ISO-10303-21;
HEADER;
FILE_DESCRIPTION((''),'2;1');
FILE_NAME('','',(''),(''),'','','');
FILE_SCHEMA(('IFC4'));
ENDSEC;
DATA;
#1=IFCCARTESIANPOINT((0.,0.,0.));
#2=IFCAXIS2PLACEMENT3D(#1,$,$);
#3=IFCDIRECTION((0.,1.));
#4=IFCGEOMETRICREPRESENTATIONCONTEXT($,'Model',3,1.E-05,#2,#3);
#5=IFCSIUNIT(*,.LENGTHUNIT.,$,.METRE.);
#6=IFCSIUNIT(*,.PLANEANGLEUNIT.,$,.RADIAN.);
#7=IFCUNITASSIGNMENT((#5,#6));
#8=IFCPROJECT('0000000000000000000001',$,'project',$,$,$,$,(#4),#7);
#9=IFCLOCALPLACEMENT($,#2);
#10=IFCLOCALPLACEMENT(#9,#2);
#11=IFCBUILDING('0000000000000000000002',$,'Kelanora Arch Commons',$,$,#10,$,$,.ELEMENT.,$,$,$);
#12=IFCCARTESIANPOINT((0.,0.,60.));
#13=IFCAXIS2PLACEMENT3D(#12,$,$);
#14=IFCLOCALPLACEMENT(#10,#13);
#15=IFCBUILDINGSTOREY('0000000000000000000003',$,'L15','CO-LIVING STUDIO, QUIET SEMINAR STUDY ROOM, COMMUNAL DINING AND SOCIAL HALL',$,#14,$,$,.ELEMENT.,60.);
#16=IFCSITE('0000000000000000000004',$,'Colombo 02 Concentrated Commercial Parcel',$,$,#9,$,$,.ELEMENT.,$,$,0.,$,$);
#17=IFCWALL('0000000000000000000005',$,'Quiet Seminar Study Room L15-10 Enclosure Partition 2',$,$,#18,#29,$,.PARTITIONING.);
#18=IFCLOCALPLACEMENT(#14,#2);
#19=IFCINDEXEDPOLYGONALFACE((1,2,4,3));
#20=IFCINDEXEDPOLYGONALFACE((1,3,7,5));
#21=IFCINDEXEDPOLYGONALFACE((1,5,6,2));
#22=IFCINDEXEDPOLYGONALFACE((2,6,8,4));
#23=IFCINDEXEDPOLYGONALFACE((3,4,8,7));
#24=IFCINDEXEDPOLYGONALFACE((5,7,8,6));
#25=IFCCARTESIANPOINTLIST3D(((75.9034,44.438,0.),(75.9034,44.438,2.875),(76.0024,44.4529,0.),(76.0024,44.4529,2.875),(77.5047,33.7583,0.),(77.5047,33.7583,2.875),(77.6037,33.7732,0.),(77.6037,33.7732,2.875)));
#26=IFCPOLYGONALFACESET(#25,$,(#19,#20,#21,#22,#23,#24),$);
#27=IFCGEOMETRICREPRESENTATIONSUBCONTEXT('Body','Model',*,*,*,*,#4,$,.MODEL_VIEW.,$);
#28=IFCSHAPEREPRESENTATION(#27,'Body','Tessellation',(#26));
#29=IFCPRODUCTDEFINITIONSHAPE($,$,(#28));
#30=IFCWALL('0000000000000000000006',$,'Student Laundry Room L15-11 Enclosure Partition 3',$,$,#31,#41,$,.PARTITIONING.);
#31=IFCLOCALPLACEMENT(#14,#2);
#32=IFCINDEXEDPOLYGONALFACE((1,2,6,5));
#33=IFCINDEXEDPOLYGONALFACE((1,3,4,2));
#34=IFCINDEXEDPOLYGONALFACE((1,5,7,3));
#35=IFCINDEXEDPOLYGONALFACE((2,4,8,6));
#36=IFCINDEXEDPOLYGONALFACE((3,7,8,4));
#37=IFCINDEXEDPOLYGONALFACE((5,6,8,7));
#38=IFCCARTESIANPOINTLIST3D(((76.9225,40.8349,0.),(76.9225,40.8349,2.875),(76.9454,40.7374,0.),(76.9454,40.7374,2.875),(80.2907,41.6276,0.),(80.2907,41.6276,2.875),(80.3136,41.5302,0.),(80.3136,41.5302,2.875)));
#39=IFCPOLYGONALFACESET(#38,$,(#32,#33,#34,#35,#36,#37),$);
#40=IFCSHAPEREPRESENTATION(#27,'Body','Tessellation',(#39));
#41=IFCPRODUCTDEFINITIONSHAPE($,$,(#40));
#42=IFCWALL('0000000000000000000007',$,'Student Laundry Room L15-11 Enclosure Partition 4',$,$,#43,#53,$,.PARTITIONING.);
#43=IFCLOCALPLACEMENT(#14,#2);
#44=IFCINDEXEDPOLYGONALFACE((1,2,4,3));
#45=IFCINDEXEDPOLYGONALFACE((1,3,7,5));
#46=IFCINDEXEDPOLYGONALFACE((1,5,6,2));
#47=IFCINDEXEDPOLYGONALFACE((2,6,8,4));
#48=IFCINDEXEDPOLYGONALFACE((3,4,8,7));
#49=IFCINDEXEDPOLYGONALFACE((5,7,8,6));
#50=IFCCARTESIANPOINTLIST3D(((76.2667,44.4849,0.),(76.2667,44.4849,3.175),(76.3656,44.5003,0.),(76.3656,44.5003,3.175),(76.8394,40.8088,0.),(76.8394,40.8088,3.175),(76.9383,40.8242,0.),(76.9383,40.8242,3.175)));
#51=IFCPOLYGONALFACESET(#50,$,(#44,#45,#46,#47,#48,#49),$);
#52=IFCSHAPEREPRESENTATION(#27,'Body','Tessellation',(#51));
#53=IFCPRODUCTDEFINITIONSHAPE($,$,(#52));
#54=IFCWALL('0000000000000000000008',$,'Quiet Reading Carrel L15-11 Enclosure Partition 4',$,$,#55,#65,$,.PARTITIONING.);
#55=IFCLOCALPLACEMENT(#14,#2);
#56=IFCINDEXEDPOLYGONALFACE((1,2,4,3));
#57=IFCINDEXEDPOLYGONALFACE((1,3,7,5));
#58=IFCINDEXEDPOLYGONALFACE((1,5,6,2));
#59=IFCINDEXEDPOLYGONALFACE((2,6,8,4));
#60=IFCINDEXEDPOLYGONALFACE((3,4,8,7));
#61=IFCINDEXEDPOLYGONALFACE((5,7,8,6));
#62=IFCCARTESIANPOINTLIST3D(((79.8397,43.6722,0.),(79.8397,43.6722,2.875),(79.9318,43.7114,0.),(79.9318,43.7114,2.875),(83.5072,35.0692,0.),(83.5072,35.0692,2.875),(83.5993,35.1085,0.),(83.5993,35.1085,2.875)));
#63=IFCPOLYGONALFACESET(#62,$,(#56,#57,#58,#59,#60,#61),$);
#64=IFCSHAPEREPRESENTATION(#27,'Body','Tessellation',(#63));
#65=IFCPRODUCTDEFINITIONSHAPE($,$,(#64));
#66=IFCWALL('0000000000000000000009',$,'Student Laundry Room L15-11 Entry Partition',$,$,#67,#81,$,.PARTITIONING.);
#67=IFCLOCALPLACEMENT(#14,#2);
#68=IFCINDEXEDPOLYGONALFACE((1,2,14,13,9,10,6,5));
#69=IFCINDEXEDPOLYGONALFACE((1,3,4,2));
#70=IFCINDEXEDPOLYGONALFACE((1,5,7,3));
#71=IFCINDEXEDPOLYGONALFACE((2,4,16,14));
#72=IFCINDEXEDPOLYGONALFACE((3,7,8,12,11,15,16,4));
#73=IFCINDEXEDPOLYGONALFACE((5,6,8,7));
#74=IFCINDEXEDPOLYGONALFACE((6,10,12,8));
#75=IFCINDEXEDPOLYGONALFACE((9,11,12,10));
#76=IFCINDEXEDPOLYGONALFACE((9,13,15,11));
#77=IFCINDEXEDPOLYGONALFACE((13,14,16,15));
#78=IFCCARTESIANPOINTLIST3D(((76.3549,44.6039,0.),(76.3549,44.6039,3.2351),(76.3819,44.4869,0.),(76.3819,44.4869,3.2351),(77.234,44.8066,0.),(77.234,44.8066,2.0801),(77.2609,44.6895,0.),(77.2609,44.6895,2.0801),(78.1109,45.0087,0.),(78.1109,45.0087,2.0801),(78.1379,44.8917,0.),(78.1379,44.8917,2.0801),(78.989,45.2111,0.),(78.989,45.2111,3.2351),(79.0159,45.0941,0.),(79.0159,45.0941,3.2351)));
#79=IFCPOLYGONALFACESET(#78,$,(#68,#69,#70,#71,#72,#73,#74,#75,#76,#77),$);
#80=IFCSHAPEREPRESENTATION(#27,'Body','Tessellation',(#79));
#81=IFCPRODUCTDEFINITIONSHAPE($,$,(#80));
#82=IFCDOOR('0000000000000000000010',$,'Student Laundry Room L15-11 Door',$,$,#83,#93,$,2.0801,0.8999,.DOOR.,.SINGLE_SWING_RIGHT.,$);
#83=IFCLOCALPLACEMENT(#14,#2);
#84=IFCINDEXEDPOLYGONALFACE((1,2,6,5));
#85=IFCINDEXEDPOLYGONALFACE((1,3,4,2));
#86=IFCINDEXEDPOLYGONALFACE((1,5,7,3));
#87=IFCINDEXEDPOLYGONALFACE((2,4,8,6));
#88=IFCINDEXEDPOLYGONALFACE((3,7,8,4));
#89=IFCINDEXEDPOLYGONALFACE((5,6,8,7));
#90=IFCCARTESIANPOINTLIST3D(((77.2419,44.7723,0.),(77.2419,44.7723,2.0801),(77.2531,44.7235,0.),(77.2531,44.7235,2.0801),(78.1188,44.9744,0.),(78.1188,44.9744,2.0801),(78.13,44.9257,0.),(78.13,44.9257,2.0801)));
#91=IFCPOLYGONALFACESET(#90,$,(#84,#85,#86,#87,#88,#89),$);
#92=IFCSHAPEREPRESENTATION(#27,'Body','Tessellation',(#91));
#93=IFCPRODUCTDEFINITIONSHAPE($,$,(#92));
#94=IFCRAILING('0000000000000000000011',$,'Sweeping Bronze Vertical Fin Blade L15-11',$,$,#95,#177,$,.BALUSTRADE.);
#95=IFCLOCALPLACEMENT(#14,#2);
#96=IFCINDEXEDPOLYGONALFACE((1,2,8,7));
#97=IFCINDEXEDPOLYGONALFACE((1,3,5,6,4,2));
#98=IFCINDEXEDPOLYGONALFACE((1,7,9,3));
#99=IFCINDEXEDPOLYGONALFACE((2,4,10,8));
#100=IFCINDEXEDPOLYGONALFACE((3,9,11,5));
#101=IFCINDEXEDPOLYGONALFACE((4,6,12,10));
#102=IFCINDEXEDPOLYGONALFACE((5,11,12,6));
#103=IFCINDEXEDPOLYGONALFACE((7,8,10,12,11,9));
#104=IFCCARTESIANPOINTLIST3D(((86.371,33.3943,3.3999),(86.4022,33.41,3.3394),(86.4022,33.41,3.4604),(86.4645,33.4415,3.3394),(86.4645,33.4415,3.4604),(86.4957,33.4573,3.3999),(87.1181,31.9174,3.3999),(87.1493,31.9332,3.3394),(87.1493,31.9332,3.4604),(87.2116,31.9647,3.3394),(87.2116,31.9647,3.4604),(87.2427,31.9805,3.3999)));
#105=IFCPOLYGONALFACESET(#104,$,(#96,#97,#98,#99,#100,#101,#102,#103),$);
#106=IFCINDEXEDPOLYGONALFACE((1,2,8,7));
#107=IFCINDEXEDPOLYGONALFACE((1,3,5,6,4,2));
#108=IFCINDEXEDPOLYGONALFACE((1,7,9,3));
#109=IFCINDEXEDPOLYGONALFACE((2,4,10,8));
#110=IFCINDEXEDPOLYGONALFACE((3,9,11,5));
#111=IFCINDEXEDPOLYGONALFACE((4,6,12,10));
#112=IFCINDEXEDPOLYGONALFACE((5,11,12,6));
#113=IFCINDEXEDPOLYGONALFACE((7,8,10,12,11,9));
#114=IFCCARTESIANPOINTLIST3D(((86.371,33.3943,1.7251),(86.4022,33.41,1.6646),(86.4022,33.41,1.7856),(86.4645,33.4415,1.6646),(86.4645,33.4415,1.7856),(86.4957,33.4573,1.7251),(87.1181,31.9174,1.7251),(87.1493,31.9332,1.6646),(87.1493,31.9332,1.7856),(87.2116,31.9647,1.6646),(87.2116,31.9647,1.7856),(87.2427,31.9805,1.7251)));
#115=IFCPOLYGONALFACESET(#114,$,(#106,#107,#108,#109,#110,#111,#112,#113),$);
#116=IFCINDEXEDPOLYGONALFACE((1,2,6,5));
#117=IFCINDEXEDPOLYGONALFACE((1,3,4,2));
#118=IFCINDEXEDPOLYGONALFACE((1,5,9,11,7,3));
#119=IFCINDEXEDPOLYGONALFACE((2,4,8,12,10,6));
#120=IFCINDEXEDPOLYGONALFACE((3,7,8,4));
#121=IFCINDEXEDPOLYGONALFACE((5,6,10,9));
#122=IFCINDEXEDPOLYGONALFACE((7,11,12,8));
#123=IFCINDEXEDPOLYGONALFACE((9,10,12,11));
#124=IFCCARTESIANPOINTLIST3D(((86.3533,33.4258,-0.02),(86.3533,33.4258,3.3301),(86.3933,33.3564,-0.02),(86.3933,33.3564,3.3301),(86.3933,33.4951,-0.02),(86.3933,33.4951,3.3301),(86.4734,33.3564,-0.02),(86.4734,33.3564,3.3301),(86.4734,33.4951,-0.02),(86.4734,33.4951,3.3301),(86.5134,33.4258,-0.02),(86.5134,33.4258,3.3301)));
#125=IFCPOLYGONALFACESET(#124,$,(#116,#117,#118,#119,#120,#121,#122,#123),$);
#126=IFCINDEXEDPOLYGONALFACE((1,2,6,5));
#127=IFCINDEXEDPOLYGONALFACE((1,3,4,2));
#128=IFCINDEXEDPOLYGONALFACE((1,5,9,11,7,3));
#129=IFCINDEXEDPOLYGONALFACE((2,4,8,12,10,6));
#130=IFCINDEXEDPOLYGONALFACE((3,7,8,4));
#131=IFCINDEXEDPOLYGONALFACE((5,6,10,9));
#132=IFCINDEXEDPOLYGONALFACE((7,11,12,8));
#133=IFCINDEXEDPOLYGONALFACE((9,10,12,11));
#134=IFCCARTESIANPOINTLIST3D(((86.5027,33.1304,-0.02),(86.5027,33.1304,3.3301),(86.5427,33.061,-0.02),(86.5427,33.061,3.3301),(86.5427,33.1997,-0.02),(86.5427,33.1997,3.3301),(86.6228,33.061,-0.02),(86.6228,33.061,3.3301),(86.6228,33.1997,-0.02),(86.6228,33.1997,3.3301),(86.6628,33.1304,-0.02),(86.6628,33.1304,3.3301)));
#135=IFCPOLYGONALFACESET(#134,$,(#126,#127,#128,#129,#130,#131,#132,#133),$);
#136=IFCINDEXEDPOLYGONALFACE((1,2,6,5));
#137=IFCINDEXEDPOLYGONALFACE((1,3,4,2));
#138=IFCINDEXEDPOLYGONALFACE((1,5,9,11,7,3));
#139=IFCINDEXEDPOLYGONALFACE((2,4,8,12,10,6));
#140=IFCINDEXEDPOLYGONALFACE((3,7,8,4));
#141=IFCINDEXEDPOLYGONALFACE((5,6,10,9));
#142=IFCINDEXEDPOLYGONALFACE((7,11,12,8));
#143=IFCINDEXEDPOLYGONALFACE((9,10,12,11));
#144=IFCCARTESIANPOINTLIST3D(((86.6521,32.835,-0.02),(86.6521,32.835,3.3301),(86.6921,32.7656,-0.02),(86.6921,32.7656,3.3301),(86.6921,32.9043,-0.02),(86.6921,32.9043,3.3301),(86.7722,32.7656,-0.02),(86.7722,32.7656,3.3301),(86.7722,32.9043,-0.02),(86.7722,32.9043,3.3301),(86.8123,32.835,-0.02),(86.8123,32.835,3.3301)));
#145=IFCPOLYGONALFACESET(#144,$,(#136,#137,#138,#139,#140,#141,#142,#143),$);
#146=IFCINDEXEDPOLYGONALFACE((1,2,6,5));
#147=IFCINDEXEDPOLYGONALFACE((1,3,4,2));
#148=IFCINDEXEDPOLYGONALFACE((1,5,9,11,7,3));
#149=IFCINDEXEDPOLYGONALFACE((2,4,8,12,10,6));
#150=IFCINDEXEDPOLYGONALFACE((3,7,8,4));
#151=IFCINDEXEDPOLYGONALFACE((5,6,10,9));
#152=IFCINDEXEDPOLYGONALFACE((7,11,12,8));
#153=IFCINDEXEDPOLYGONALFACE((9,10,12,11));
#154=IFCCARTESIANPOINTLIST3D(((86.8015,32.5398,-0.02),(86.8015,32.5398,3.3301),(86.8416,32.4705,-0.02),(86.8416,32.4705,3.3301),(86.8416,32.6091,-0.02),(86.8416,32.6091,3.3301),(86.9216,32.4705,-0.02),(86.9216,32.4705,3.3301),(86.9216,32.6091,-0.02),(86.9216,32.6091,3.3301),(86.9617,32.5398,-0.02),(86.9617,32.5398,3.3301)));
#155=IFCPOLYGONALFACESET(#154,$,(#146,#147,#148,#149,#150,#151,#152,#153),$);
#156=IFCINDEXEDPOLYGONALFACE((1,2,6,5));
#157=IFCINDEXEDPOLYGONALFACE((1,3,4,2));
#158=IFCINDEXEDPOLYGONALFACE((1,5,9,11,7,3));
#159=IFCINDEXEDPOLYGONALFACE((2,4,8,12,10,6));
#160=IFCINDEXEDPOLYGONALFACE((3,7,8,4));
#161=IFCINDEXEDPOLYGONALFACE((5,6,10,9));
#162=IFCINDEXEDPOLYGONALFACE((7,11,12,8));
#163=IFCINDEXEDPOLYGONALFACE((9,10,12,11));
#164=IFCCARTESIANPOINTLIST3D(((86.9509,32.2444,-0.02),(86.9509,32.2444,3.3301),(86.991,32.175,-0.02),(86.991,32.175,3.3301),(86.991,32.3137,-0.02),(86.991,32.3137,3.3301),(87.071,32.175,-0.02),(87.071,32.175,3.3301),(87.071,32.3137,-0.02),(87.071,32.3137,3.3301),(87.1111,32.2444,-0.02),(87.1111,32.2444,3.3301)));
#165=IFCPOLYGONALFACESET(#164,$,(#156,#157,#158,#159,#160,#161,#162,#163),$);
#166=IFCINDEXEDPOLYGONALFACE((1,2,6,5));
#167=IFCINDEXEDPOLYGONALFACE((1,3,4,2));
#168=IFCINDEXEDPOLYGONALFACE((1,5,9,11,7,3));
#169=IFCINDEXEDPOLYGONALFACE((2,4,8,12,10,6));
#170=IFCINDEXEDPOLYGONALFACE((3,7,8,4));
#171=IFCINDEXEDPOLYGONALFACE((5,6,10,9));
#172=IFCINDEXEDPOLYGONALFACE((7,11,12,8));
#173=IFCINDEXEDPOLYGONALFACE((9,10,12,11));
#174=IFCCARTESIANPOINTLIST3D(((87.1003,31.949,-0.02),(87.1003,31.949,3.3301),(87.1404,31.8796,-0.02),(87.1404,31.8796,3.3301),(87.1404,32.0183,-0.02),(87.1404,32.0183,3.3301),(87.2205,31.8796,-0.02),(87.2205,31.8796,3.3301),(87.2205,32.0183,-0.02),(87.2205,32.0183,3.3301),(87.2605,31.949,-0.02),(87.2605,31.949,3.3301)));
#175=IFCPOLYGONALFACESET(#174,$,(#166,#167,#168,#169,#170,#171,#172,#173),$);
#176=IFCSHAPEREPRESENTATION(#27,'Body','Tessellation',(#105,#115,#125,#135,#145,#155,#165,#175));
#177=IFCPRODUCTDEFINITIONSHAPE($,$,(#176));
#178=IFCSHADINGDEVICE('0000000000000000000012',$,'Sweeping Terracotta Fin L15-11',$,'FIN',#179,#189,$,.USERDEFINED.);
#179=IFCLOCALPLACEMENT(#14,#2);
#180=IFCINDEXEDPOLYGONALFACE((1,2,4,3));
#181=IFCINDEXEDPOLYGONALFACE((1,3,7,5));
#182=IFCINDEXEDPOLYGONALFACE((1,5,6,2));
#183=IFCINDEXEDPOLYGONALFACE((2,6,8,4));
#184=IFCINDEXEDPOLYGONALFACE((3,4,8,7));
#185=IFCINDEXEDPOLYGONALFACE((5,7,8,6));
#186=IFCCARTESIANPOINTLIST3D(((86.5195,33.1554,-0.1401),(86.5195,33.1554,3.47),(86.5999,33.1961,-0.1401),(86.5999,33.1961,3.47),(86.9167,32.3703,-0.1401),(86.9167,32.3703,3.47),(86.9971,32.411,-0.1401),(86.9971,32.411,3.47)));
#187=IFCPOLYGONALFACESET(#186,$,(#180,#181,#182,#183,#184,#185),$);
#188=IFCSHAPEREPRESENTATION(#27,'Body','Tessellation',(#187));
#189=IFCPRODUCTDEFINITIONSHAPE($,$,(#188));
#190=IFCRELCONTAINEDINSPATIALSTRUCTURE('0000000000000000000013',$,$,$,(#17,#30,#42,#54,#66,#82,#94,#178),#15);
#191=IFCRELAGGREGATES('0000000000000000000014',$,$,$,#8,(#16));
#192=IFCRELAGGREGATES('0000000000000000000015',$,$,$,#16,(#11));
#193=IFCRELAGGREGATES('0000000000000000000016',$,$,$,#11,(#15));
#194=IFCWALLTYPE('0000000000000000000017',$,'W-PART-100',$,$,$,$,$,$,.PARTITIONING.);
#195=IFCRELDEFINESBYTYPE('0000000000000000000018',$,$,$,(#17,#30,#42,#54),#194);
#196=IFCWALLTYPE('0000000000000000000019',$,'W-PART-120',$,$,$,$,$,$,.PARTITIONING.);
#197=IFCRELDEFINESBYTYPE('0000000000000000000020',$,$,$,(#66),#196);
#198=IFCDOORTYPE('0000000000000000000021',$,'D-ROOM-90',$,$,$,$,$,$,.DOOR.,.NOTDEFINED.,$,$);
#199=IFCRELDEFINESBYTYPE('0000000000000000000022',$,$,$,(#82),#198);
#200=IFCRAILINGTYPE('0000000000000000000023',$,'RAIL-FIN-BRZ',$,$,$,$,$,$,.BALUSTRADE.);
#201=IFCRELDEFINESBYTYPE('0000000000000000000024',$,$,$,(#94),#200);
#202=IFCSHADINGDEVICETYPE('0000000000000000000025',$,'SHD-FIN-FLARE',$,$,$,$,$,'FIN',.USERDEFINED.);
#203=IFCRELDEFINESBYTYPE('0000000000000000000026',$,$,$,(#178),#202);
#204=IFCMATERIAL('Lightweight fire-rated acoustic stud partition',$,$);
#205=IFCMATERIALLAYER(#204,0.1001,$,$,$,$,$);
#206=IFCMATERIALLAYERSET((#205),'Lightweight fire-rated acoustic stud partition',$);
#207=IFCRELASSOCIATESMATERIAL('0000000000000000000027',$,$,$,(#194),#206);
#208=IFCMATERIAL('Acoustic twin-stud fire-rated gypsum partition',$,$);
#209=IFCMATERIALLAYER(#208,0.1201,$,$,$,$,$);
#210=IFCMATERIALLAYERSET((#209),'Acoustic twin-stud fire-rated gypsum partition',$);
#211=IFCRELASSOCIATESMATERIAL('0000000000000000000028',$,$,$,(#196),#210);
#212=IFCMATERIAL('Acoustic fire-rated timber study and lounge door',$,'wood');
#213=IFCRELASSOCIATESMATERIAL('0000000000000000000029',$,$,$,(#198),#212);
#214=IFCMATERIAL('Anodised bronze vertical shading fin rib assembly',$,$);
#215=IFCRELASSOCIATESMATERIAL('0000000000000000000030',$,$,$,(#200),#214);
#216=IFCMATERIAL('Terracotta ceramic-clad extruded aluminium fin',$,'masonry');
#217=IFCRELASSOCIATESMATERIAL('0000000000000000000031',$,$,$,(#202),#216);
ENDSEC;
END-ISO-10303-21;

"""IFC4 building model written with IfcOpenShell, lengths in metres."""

from ifc_helpers import new_model, si_unit, direction, frame, frame_2d, origin, origin_2d, place, context, subcontext, project, spatial, polyline, rectangle, outline, extrude, source, transform, mapped, material, layer, layer_set, type_object, element, fill, save


model = new_model("IFC4")

# Units and contexts
model_context = context("Model", 3, precision=1e-05, world=origin(), true_north=direction((0.0, 1.0)))
body_context = subcontext(model_context, "Body", "Model", "MODEL_VIEW")
ifc_project = project(units=[si_unit("LENGTHUNIT", "METRE"), si_unit("PLANEANGLEUNIT", "RADIAN")], contexts=[model_context])

# Site, building, storey
site_placement = place(None, origin())
site = spatial("IfcSite", under=ifc_project, at=site_placement, Name="Colombo 02 Concentrated Commercial Parcel", CompositionType="ELEMENT", RefElevation=0.0)
building_placement = place(site_placement, origin())
building = spatial("IfcBuilding", under=site, at=building_placement, Name="Kelanora Arch Commons", CompositionType="ELEMENT")
storey_placement = place(building_placement, frame((0.0, 0.0, 60.0)))
storey = spatial("IfcBuildingStorey", under=building, at=storey_placement, Name="L15", Description="CO-LIVING STUDIO, QUIET SEMINAR STUDY ROOM, COMMUNAL DINING AND SOCIAL HALL", CompositionType="ELEMENT", Elevation=60.0)

# Walls
ifc_material_1 = material(Name="Lightweight fire-rated acoustic stud partition")
ifc_layer_1 = layer(ifc_material_1, 0.1001)
ifc_layer_set_1 = layer_set([ifc_layer_1], Name="Lightweight fire-rated acoustic stud partition")
wall_type_1 = type_object("IfcWallType", Name="W-PART-100", PredefinedType="PARTITIONING", material=ifc_layer_set_1)
wall_1_placement = place(storey_placement, frame((75.9529, 44.4453, 0.0), z_axis=(0.0, 0.0, 1.0), x_axis=(0.148283, -0.988945, 0.0)))
element("IfcWall", 1, at=wall_1_placement, inside=storey, type_object=wall_type_1, Name="Quiet Seminar Study Room L15-10 Enclosure Partition 2", PredefinedType="PARTITIONING", context=body_context, shape_type="SweptSolid", body=[
    extrude(rectangle(XDim=10.7991, YDim=0.1001, at=frame_2d((5.3994, 0.0))), origin(), (0.0, 0.0, 1.0), 2.875),
])
wall_2_placement = place(storey_placement, frame((80.302, 41.5789, 0.0), z_axis=(0.0, 0.0, 1.0), x_axis=(-0.973403, -0.229098, 0.0)))
element("IfcWall", 2, at=wall_2_placement, inside=storey, type_object=wall_type_1, Name="Student Laundry Room L15-11 Enclosure Partition 3", PredefinedType="PARTITIONING", context=body_context, shape_type="SweptSolid", body=[
    extrude(rectangle(XDim=3.4602, YDim=0.1001, at=frame_2d((1.73, 0.0))), origin(), (0.0, 0.0, 1.0), 2.875),
])
wall_3_placement = place(storey_placement, frame((76.8889, 40.8164, 0.0), z_axis=(0.0, 0.0, 1.0), x_axis=(-0.15395, 0.988079, 0.0)))
element("IfcWall", 3, at=wall_3_placement, inside=storey, type_object=wall_type_1, Name="Student Laundry Room L15-11 Enclosure Partition 4", PredefinedType="PARTITIONING", context=body_context, shape_type="SweptSolid", body=[
    extrude(rectangle(XDim=3.7205, YDim=0.1001, at=frame_2d((1.8604, 0.0))), origin(), (0.0, 0.0, 1.0), 3.175),
])
wall_4_placement = place(storey_placement, frame((83.5532, 35.0889, 0.0), z_axis=(0.0, 0.0, 1.0), x_axis=(-0.392154, 0.919899, 0.0)))
element("IfcWall", 4, at=wall_4_placement, inside=storey, type_object=wall_type_1, Name="Quiet Reading Carrel L15-11 Enclosure Partition 4", PredefinedType="PARTITIONING", context=body_context, shape_type="SweptSolid", body=[
    extrude(rectangle(XDim=9.3521, YDim=0.1001, at=frame_2d((4.676, 0.0))), origin(), (0.0, 0.0, 1.0), 2.875),
])

# Wall, opening, door
ifc_material_2 = material(Name="Acoustic twin-stud fire-rated gypsum partition")
ifc_layer_2 = layer(ifc_material_2, 0.1201)
ifc_layer_set_2 = layer_set([ifc_layer_2], Name="Acoustic twin-stud fire-rated gypsum partition")
wall_type_2 = type_object("IfcWallType", Name="W-PART-120", PredefinedType="PARTITIONING", material=ifc_layer_set_2)
wall_5_placement = place(storey_placement, frame((76.3684, 44.5454, 0.0), z_axis=(0.0, 0.0, 1.0), x_axis=(0.974446, 0.224622, 0.0)))
wall_5 = element("IfcWall", 5, at=wall_5_placement, inside=storey, type_object=wall_type_2, Name="Student Laundry Room L15-11 Entry Partition", PredefinedType="PARTITIONING", context=body_context, shape_type="SweptSolid", body=[
    extrude(rectangle(XDim=2.7031, YDim=0.1201, at=frame_2d((1.3516, 0.0))), origin(), (0.0, 0.0, 1.0), 3.2351),
])
opening_placement = place(wall_5_placement, frame((0.9021, 0.0, 0.0)))
opening = element("IfcOpeningElement", 6, at=opening_placement, cuts=wall_5, PredefinedType="OPENING", context=body_context, shape_type="SweptSolid", body=[
    extrude(rectangle(XDim=0.8999, YDim=2.0801, at=frame_2d((0.45, 1.04))), frame((0.0, 0.0701, 0.0), z_axis=(0.0, -1.0, 0.0), x_axis=(1.0, 0.0, 0.0)), (0.0, 0.0, 1.0), 0.1401),
])
ifc_material_3 = material(Name="Acoustic fire-rated timber study and lounge door", Category="wood")
door_type = type_object("IfcDoorType", Name="D-ROOM-90", OperationType="NOTDEFINED", PredefinedType="DOOR", material=ifc_material_3)
door_placement = place(opening_placement, origin())
door = element("IfcDoor", 7, at=door_placement, inside=storey, type_object=door_type, Name="Student Laundry Room L15-11 Door", OperationType="SINGLE_SWING_RIGHT", OverallHeight=2.0801, OverallWidth=0.8999, PredefinedType="DOOR", context=body_context, shape_type="SweptSolid", body=[
    extrude(rectangle(XDim=0.8999, YDim=2.0801, at=frame_2d((0.45, 1.04))), frame((0.0, 0.0249, 0.0), z_axis=(0.0, -1.0, 0.0), x_axis=(1.0, 0.0, 0.0)), (0.0, 0.0, 1.0), 0.05),
])
fill(opening, door)

# Railing
ifc_material_4 = material(Name="Anodised bronze vertical shading fin rib assembly")
railing_type = type_object("IfcRailingType", Name="RAIL-FIN-BRZ", PredefinedType="BALUSTRADE", material=ifc_material_4)
railing_placement = place(storey_placement, frame((86.4333, 33.4258, -0.02)))
element("IfcRailing", 8, at=railing_placement, inside=storey, type_object=railing_type, Name="Sweeping Bronze Vertical Fin Blade L15-11", PredefinedType="BALUSTRADE", context=body_context, shape_type="SweptSolid", body=[
    extrude(outline(polyline([(0.0698, 0.0), (0.0349, 0.0605), (-0.0349, 0.0605), (-0.0698, 0.0), (-0.0349, -0.0605), (0.0349, -0.0605), (0.0698, 0.0)])), frame((0.0, 0.0, 3.4199), z_axis=(0.451398, -0.892323, 0.0), x_axis=(0.892323, 0.451398, 0.0)), (0.0, 0.0, 1.0), 1.655),
    extrude(outline(polyline([(0.0698, 0.0), (0.0349, 0.0605), (-0.0349, 0.0605), (-0.0698, 0.0), (-0.0349, -0.0605), (0.0349, -0.0605), (0.0698, 0.0)])), frame((0.0, 0.0, 1.7451), z_axis=(0.451398, -0.892323, 0.0), x_axis=(0.892323, 0.451398, 0.0)), (0.0, 0.0, 1.0), 1.655),
    extrude(outline(polyline([(0.0801, 0.0), (0.04, 0.0693), (-0.04, 0.0693), (-0.0801, 0.0), (-0.04, -0.0693), (0.04, -0.0693), (0.0801, 0.0)])), origin(), (0.0, 0.0, 1.0), 3.3501),
    extrude(outline(polyline([(0.0801, 0.0), (0.04, 0.0693), (-0.04, 0.0693), (-0.0801, 0.0), (-0.04, -0.0693), (0.04, -0.0693), (0.0801, 0.0)])), frame((0.1494, -0.2954, 0.0)), (0.0, 0.0, 1.0), 3.3501),
    extrude(outline(polyline([(0.0801, 0.0), (0.04, 0.0693), (-0.04, 0.0693), (-0.0801, 0.0), (-0.04, -0.0693), (0.04, -0.0693), (0.0801, 0.0)])), frame((0.2988, -0.5908, 0.0)), (0.0, 0.0, 1.0), 3.3501),
    extrude(outline(polyline([(0.0801, 0.0), (0.04, 0.0693), (-0.04, 0.0693), (-0.0801, 0.0), (-0.04, -0.0693), (0.04, -0.0693), (0.0801, 0.0)])), frame((0.4482, -0.886, 0.0)), (0.0, 0.0, 1.0), 3.3501),
    extrude(outline(polyline([(0.0801, 0.0), (0.04, 0.0693), (-0.04, 0.0693), (-0.0801, 0.0), (-0.04, -0.0693), (0.04, -0.0693), (0.0801, 0.0)])), frame((0.5977, -1.1814, 0.0)), (0.0, 0.0, 1.0), 3.3501),
    extrude(outline(polyline([(0.0801, 0.0), (0.04, 0.0693), (-0.04, 0.0693), (-0.0801, 0.0), (-0.04, -0.0693), (0.04, -0.0693), (0.0801, 0.0)])), frame((0.7471, -1.4768, 0.0)), (0.0, 0.0, 1.0), 3.3501),
])

# Shading device
ifc_material_5 = material(Name="Terracotta ceramic-clad extruded aluminium fin", Category="masonry")
shading_device_type = type_object("IfcShadingDeviceType", Name="SHD-FIN-FLARE", ElementType="FIN", PredefinedType="USERDEFINED", material=ifc_material_5)
shared_shape_1 = source(origin(), body_context, "Body", "SweptSolid", [
    extrude(rectangle(XDim=0.8799, YDim=0.0901, at=origin_2d()), origin(), (0.0, 0.0, 1.0), 3.6101),
])
shading_device_placement = place(storey_placement, frame((86.7583, 32.7832, -0.1401), z_axis=(0.0, 0.0, 1.0), x_axis=(0.451501, -0.892271, 0.0)))
element("IfcShadingDevice", 9, at=shading_device_placement, inside=storey, type_object=shading_device_type, Name="Sweeping Terracotta Fin L15-11", ObjectType="FIN", PredefinedType="USERDEFINED", context=body_context, shape_type="MappedRepresentation", body=[
    mapped(shared_shape_1, transform((0.0, 0.0, 0.0), scale=1.0)),
])

save(model, "model.ifc")
